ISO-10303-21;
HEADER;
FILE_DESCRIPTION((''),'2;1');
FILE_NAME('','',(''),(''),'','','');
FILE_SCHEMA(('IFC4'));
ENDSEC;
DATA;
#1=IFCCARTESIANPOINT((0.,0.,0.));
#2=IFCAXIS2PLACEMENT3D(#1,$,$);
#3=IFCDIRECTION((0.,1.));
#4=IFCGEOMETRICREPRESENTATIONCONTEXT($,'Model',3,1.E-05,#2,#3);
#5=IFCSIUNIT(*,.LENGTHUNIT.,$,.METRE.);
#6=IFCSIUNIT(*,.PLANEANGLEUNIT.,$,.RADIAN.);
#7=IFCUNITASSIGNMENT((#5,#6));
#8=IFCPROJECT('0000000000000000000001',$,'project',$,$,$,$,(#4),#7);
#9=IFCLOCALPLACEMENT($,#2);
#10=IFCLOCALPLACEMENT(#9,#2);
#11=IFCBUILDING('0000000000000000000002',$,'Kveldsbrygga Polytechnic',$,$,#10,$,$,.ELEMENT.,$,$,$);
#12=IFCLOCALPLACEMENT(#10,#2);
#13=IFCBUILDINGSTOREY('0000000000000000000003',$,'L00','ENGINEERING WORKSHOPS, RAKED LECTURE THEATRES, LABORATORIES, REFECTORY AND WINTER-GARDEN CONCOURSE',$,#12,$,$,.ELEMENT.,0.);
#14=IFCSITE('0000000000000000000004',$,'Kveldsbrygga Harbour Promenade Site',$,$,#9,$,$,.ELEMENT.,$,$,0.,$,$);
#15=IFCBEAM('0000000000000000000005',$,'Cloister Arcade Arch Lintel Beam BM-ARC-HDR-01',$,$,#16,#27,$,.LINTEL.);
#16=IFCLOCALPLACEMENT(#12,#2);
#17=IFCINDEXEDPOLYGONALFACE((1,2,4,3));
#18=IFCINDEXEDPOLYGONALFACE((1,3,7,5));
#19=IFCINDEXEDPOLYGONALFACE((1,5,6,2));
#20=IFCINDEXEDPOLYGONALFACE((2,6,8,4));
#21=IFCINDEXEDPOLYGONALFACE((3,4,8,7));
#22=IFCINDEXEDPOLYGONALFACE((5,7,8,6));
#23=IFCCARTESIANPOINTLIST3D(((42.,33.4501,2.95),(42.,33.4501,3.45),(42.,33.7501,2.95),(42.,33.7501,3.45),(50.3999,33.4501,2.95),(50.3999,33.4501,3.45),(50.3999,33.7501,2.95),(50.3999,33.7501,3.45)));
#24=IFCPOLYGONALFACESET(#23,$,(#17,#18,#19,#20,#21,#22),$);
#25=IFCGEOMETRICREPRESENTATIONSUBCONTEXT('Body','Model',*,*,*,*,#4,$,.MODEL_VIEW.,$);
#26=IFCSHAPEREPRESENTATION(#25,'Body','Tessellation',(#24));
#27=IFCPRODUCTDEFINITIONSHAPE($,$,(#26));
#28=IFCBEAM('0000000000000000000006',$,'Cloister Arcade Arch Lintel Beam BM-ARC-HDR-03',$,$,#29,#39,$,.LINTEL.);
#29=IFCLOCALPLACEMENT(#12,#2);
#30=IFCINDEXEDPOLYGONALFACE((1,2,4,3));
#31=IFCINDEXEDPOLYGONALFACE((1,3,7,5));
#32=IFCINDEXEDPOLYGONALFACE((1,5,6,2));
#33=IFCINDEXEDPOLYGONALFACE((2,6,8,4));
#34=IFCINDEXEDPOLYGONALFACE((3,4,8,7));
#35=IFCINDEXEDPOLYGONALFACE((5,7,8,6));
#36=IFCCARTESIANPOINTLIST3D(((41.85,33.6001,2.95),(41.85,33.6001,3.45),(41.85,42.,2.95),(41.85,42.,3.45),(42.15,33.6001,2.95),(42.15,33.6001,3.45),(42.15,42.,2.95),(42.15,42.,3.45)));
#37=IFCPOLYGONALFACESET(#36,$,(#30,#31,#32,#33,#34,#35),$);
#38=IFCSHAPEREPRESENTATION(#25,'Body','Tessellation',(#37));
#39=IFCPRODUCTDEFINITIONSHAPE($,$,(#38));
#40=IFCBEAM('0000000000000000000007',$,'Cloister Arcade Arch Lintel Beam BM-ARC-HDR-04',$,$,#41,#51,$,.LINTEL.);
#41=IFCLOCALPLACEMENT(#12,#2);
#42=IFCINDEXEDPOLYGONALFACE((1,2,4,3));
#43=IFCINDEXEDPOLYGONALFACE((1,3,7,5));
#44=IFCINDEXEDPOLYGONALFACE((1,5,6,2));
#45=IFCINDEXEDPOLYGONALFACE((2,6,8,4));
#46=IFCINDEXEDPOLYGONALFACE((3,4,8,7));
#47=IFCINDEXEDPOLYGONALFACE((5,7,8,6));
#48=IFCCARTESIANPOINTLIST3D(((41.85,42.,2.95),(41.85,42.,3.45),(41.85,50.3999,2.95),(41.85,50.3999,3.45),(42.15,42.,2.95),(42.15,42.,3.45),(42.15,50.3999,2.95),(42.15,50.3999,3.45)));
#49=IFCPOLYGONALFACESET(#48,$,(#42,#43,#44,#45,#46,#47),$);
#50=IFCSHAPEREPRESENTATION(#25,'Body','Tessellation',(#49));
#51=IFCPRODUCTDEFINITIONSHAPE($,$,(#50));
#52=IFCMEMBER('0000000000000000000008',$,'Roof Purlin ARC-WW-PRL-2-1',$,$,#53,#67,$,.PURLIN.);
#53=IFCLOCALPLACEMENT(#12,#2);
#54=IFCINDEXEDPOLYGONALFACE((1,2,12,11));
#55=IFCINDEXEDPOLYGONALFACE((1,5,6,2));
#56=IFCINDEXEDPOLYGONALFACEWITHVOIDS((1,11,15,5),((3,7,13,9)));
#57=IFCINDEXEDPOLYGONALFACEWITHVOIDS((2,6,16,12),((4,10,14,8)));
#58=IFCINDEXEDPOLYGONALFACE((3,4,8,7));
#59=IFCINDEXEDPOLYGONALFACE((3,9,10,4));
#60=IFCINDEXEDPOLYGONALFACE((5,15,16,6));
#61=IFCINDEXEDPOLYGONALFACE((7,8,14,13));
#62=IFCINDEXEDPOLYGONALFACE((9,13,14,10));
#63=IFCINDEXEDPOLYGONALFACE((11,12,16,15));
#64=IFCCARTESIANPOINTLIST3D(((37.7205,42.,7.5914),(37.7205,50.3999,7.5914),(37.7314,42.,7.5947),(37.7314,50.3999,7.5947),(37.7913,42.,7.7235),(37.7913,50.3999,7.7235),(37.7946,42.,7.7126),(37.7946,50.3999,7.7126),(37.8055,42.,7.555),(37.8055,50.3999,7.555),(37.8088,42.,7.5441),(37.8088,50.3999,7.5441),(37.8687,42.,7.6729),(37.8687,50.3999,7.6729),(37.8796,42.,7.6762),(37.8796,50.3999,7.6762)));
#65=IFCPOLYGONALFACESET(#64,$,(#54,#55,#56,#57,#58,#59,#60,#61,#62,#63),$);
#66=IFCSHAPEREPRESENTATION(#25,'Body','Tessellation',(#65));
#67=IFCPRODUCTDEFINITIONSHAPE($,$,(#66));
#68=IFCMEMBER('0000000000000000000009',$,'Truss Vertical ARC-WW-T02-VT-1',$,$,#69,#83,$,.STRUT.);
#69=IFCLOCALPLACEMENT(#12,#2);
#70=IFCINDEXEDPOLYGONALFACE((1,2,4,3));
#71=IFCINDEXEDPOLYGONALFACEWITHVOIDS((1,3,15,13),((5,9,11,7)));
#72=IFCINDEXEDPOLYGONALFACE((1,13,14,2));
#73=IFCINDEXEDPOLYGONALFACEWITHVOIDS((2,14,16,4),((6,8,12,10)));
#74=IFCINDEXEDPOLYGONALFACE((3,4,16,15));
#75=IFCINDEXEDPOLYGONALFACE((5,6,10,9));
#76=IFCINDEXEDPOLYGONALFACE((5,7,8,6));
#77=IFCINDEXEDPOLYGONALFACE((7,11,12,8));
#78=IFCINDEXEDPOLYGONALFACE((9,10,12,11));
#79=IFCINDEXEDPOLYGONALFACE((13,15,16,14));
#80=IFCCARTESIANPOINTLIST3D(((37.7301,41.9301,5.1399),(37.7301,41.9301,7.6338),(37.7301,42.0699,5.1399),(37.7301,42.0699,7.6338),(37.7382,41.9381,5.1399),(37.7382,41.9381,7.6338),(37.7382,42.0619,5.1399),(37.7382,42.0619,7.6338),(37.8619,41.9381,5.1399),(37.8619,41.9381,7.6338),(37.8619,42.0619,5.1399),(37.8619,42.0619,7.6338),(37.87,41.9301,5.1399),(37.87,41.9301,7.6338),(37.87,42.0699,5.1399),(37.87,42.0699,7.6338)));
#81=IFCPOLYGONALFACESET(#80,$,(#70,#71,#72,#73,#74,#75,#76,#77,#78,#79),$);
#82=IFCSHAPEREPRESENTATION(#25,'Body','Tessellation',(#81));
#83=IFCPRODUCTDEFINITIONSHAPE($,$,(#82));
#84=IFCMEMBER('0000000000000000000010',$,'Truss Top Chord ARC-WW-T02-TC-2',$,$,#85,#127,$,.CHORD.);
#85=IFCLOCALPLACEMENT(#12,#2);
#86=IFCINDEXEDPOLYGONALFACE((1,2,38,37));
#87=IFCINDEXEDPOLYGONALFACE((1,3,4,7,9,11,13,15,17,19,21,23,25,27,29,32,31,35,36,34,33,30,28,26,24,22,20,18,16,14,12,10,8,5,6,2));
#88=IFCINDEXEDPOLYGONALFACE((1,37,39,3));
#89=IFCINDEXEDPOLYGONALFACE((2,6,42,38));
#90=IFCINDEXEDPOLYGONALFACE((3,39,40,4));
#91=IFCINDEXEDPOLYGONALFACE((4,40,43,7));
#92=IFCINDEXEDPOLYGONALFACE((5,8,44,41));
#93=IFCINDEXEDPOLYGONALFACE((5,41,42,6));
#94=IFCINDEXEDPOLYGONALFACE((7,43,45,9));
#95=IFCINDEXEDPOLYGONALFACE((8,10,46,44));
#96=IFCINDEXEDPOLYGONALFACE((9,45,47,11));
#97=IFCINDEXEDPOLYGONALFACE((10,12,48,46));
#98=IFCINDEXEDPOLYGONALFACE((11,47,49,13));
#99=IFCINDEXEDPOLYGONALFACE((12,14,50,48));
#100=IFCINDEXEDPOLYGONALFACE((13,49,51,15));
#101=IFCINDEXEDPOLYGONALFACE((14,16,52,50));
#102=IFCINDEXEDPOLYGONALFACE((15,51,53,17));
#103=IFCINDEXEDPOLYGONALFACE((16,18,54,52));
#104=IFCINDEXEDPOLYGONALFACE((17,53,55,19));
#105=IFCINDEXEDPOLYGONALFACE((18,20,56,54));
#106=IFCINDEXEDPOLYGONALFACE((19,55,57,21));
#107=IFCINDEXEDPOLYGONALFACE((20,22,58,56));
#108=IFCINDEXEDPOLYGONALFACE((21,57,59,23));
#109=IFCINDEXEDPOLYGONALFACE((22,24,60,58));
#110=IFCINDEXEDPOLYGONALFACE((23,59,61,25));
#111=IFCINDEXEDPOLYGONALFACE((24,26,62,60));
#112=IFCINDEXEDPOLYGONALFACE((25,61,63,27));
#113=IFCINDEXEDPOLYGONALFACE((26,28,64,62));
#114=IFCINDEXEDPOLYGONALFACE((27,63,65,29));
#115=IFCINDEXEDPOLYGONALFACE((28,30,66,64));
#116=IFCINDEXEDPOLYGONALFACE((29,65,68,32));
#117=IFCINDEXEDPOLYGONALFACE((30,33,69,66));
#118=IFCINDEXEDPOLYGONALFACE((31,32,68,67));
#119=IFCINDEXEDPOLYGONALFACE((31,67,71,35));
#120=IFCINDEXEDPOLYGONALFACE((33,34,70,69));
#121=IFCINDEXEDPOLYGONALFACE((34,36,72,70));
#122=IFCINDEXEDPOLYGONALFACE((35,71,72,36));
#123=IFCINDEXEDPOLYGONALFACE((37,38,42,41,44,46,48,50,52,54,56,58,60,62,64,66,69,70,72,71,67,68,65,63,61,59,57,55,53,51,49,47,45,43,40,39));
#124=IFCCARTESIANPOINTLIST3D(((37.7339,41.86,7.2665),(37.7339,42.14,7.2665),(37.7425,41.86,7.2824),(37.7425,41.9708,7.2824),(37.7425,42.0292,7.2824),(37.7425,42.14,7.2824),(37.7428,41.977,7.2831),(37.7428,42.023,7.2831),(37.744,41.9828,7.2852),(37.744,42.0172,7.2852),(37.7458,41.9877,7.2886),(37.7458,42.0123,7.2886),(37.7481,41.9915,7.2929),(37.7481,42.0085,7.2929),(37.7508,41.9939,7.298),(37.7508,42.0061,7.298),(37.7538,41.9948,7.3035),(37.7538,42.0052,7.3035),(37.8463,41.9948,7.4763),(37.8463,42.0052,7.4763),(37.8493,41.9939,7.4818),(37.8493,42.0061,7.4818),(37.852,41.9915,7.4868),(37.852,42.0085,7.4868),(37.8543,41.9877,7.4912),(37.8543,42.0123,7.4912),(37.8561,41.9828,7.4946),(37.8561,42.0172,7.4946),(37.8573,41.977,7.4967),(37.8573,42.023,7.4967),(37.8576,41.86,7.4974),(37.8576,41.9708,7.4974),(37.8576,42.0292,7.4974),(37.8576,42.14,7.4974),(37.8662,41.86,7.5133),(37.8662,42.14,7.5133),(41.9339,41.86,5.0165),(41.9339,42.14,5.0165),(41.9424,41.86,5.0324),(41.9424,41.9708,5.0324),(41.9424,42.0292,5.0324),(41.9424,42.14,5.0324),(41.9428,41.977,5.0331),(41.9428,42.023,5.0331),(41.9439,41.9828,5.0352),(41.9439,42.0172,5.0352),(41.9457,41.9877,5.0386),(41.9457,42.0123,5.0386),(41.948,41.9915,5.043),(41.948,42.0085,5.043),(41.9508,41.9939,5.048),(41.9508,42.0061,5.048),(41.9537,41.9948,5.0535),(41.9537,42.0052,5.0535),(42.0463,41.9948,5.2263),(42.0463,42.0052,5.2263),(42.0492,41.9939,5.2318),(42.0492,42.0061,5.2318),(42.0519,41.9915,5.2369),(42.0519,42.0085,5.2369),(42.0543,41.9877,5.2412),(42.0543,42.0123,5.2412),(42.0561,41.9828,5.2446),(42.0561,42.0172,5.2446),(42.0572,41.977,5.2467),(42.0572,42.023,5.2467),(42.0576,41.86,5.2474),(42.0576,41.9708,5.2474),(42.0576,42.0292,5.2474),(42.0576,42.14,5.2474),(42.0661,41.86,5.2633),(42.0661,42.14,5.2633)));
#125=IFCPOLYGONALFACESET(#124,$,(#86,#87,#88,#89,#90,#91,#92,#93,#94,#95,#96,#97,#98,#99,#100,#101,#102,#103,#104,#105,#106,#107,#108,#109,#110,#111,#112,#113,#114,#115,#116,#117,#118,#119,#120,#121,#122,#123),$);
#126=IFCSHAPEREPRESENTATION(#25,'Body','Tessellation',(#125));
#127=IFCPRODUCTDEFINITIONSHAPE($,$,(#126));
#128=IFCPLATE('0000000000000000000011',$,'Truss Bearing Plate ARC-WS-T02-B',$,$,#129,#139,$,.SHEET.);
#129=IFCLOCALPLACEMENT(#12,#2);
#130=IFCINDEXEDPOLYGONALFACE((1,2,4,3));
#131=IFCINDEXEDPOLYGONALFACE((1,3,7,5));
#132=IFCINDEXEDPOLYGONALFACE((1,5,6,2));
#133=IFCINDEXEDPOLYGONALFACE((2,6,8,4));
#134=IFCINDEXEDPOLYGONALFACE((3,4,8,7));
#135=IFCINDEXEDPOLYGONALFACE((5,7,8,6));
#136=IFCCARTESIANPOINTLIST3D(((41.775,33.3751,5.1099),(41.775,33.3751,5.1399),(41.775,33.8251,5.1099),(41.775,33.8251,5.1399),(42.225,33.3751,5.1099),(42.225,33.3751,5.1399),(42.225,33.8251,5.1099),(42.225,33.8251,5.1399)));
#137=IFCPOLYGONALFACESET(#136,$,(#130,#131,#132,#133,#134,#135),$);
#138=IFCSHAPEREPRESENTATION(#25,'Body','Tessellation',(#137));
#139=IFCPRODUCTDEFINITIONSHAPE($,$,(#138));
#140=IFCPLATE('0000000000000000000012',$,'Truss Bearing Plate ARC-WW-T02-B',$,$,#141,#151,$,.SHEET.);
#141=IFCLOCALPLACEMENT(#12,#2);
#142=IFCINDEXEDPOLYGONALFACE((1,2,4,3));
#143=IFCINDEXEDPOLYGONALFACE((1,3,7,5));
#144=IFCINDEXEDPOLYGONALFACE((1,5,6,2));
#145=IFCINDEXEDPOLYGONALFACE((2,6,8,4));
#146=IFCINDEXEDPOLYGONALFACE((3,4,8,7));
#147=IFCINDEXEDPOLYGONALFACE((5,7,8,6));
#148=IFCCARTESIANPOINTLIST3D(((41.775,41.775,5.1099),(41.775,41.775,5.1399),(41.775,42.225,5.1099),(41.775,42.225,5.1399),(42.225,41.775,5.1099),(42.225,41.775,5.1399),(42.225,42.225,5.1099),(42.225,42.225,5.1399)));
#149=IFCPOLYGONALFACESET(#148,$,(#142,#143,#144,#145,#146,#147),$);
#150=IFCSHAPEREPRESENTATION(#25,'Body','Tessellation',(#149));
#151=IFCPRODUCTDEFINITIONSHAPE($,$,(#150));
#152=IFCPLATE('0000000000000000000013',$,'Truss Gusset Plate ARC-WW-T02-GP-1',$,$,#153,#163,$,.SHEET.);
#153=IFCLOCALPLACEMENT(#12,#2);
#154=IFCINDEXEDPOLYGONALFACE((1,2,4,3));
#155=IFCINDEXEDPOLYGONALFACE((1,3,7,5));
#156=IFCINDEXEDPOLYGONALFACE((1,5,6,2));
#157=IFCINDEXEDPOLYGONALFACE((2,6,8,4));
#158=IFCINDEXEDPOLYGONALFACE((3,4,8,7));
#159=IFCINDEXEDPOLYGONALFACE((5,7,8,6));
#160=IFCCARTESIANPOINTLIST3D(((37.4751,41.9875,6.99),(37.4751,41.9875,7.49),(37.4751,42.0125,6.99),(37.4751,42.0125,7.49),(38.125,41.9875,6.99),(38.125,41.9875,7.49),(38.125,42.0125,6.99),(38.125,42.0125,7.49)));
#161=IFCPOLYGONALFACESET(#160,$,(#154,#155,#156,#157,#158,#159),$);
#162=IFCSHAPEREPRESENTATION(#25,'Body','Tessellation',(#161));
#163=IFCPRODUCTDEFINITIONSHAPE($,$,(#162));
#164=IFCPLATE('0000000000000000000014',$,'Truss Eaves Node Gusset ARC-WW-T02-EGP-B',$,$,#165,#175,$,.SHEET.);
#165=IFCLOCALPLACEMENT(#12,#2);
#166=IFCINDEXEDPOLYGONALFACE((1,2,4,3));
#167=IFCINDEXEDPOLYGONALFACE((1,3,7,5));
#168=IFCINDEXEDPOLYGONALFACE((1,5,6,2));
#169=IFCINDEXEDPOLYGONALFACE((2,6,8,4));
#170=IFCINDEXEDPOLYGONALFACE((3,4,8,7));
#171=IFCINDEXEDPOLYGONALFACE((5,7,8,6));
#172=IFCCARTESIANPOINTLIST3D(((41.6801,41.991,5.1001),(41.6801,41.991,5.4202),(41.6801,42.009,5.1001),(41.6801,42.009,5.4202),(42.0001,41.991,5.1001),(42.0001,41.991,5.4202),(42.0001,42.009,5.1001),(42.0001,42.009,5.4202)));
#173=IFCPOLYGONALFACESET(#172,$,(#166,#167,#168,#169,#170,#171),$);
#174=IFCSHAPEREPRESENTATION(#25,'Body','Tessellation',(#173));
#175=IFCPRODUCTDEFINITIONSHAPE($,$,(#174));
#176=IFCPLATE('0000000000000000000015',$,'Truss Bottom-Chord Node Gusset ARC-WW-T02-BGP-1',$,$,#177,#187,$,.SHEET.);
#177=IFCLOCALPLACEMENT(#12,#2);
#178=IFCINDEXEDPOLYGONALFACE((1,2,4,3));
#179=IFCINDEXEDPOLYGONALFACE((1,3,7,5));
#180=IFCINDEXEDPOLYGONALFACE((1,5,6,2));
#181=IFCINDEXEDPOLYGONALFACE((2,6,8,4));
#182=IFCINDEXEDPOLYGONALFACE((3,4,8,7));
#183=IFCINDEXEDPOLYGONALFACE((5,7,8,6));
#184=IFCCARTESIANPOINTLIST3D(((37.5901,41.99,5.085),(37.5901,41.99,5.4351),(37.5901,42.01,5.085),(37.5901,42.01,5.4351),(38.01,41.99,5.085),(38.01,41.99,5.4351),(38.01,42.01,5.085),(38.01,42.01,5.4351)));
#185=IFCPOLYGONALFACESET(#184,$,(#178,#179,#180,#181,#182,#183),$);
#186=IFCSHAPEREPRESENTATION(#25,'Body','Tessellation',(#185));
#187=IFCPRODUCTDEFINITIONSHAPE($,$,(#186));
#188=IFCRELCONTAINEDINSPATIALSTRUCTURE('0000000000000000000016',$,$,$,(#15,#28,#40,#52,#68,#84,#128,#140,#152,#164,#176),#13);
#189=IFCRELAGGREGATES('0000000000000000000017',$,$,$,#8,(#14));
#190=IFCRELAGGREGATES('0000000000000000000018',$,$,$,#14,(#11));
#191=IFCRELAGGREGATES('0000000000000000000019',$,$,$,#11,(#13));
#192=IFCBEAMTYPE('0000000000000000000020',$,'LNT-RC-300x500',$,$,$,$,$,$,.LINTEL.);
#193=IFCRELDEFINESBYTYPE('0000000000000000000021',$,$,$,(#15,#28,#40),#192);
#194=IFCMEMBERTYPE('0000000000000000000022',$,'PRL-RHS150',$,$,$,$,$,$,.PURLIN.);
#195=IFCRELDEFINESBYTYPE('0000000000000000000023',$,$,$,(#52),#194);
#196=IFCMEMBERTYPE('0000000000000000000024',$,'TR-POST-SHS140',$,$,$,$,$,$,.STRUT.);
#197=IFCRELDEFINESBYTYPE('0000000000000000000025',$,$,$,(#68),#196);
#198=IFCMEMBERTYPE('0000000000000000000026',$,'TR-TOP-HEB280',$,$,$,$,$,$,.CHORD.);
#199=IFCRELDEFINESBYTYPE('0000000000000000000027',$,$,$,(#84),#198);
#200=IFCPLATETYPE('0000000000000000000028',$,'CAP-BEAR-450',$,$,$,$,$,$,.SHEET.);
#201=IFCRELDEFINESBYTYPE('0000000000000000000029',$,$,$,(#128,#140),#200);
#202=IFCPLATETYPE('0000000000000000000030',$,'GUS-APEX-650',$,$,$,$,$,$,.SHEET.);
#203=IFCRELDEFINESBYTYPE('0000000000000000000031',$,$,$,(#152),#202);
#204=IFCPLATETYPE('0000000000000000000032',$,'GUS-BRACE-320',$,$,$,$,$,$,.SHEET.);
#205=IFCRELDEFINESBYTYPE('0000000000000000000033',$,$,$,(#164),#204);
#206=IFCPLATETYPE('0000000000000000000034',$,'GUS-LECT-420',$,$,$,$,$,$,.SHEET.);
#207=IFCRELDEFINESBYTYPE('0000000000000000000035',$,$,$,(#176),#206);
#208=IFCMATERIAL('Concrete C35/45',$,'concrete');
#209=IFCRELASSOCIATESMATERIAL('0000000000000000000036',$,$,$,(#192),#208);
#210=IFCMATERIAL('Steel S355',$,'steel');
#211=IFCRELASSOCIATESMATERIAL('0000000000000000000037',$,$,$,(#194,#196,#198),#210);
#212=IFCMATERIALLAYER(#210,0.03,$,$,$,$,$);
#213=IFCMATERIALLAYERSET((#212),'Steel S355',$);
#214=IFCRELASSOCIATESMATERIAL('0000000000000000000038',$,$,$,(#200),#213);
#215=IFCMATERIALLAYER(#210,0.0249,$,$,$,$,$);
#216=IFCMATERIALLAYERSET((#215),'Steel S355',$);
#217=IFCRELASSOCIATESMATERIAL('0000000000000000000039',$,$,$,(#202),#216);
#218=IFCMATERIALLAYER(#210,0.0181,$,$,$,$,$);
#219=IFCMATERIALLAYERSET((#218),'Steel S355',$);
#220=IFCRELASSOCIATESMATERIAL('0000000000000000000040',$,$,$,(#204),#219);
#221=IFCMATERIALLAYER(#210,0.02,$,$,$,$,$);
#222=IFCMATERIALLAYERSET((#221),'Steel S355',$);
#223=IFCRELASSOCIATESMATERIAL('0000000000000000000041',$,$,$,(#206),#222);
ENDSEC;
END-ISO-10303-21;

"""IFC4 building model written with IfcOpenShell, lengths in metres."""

from ifc_helpers import new_model, si_unit, direction, frame, origin, origin_2d, place, context, subcontext, project, spatial, rectangle, hollow_rectangle, i_section, extrude, material, layer, layer_set, material_profile, profile_set, type_object, element, save


model = new_model("IFC4")

# Units and contexts
model_context = context("Model", 3, precision=1e-05, world=origin(), true_north=direction((0.0, 1.0)))
body_context = subcontext(model_context, "Body", "Model", "MODEL_VIEW")
ifc_project = project(units=[si_unit("LENGTHUNIT", "METRE"), si_unit("PLANEANGLEUNIT", "RADIAN")], contexts=[model_context])

# Site, building, storey
site_placement = place(None, origin())
site = spatial("IfcSite", under=ifc_project, at=site_placement, Name="Kveldsbrygga Harbour Promenade Site", CompositionType="ELEMENT", RefElevation=0.0)
building_placement = place(site_placement, origin())
building = spatial("IfcBuilding", under=site, at=building_placement, Name="Kveldsbrygga Polytechnic", CompositionType="ELEMENT")
storey_placement = place(building_placement, origin())
storey = spatial("IfcBuildingStorey", under=building, at=storey_placement, Name="L00", Description="ENGINEERING WORKSHOPS, RAKED LECTURE THEATRES, LABORATORIES, REFECTORY AND WINTER-GARDEN CONCOURSE", CompositionType="ELEMENT", Elevation=0.0)

# Shared definitions
ifc_material_1 = material(Name="Concrete C35/45", Category="concrete")

# Shared definitions
ifc_material_2 = material(Name="Steel S355", Category="steel")

# Beams
ifc_material_profile_1 = material_profile(ifc_material_1, rectangle(XDim=0.3, YDim=0.5, at=origin_2d()), Name="RC 300x500")
ifc_profile_set_1 = profile_set([ifc_material_profile_1], Name="Concrete C35/45")
beam_type_1 = type_object("IfcBeamType", Name="LNT-RC-300x500", PredefinedType="LINTEL", material=ifc_profile_set_1)
for number, where, z_axis, x_axis, name in (
    (1, (42.0, 33.6001, 3.2), (1.0, 0.0, 0.0), (0.0, 1.0, 0.0), "Cloister Arcade Arch Lintel Beam BM-ARC-HDR-01"),
    (2, (42.0, 33.6001, 3.2), (0.0, 1.0, 0.0), (-1.0, 0.0, 0.0), "Cloister Arcade Arch Lintel Beam BM-ARC-HDR-03"),
    (3, (42.0, 42.0, 3.2), (0.0, 1.0, 0.0), (-1.0, 0.0, 0.0), "Cloister Arcade Arch Lintel Beam BM-ARC-HDR-04"),
):
    element("IfcBeam", number, at=place(storey_placement, frame(where, z_axis=z_axis, x_axis=x_axis)), inside=storey, type_object=beam_type_1, Name=name, PredefinedType="LINTEL", context=body_context, shape_type="SweptSolid", body=[
        extrude(rectangle(XDim=0.3, YDim=0.5, at=origin_2d()), origin(), (0.0, 0.0, 1.0), 8.3999),
    ])

# Members
ifc_material_profile_2 = material_profile(ifc_material_2, hollow_rectangle(XDim=0.1001, YDim=0.1499, WallThickness=0.0081, at=origin_2d()), Name="RHS 150x100x8.0")
ifc_profile_set_2 = profile_set([ifc_material_profile_2], Name="Steel S355")
member_type_1 = type_object("IfcMemberType", Name="PRL-RHS150", PredefinedType="PURLIN", material=ifc_profile_set_2)
member_1_placement = place(storey_placement, frame((37.8, 42.0, 7.6338), z_axis=(0.0, 1.0, 0.0), x_axis=(-0.88148, 0.0, 0.472222)))
element("IfcMember", 4, at=member_1_placement, inside=storey, type_object=member_type_1, Name="Roof Purlin ARC-WW-PRL-2-1", PredefinedType="PURLIN", context=body_context, shape_type="SweptSolid", body=[
    extrude(hollow_rectangle(XDim=0.1001, YDim=0.1499, WallThickness=0.0081, at=origin_2d()), origin(), (0.0, 0.0, 1.0), 8.3999),
])
ifc_material_profile_3 = material_profile(ifc_material_2, hollow_rectangle(XDim=0.1399, YDim=0.1399, WallThickness=0.0081, at=origin_2d()), Name="SHS 140x140x8.0")
ifc_profile_set_3 = profile_set([ifc_material_profile_3], Name="Steel S355")
member_type_2 = type_object("IfcMemberType", Name="TR-POST-SHS140", PredefinedType="STRUT", material=ifc_profile_set_3)
member_2_placement = place(storey_placement, frame((37.8, 42.0, 5.1399), z_axis=(0.0, 0.0, 1.0), x_axis=(1.0, 0.0, 0.0)))
element("IfcMember", 5, at=member_2_placement, inside=storey, type_object=member_type_2, Name="Truss Vertical ARC-WW-T02-VT-1", PredefinedType="STRUT", context=body_context, shape_type="SweptSolid", body=[
    extrude(hollow_rectangle(XDim=0.1399, YDim=0.1399, WallThickness=0.0081, at=origin_2d()), origin(), (0.0, 0.0, 1.0), 2.4939),
])
ifc_material_profile_4 = material_profile(ifc_material_2, i_section(OverallWidth=0.28, OverallDepth=0.28, WebThickness=0.0105, FlangeThickness=0.0181, FilletRadius=0.0239, at=origin_2d()), Name="HEB 280")
ifc_profile_set_4 = profile_set([ifc_material_profile_4], Name="Steel S355")
member_type_3 = type_object("IfcMemberType", Name="TR-TOP-HEB280", PredefinedType="CHORD", material=ifc_profile_set_4)
member_3_placement = place(storey_placement, frame((37.8, 42.0, 7.3899), z_axis=(0.881478, 0.0, -0.472226), x_axis=(0.0, 1.0, 0.0)))
element("IfcMember", 6, at=member_3_placement, inside=storey, type_object=member_type_3, Name="Truss Top Chord ARC-WW-T02-TC-2", PredefinedType="CHORD", context=body_context, shape_type="SweptSolid", body=[
    extrude(i_section(OverallWidth=0.28, OverallDepth=0.28, WebThickness=0.0105, FlangeThickness=0.0181, FilletRadius=0.0239, at=origin_2d()), origin(), (0.0, 0.0, 1.0), 4.7646),
])

# Plates
ifc_layer_1 = layer(ifc_material_2, 0.03)
ifc_layer_set_1 = layer_set([ifc_layer_1], Name="Steel S355")
plate_type_1 = type_object("IfcPlateType", Name="CAP-BEAR-450", PredefinedType="SHEET", material=ifc_layer_set_1)
for number, where, z_axis, x_axis, name in (
    (7, (42.0, 33.6001, 5.1099), (0.0, 0.0, 1.0), (1.0, 0.0, 0.0), "Truss Bearing Plate ARC-WS-T02-B"),
    (8, (42.0, 42.0, 5.1099), (0.0, 0.0, 1.0), (1.0, 0.0, 0.0), "Truss Bearing Plate ARC-WW-T02-B"),
):
    element("IfcPlate", number, at=place(storey_placement, frame(where, z_axis=z_axis, x_axis=x_axis)), inside=storey, type_object=plate_type_1, Name=name, PredefinedType="SHEET", context=body_context, shape_type="SweptSolid", body=[
        extrude(rectangle(XDim=0.45, YDim=0.45, at=origin_2d()), origin(), (0.0, 0.0, 1.0), 0.03),
    ])
ifc_layer_2 = layer(ifc_material_2, 0.0249)
ifc_layer_set_2 = layer_set([ifc_layer_2], Name="Steel S355")
plate_type_2 = type_object("IfcPlateType", Name="GUS-APEX-650", PredefinedType="SHEET", material=ifc_layer_set_2)
plate_1_placement = place(storey_placement, frame((37.8, 42.0, 6.99), z_axis=(0.0, 0.0, 1.0), x_axis=(1.0, 0.0, 0.0)))
element("IfcPlate", 9, at=plate_1_placement, inside=storey, type_object=plate_type_2, Name="Truss Gusset Plate ARC-WW-T02-GP-1", PredefinedType="SHEET", context=body_context, shape_type="SweptSolid", body=[
    extrude(rectangle(XDim=0.6499, YDim=0.0249, at=origin_2d()), origin(), (0.0, 0.0, 1.0), 0.5),
])
ifc_layer_3 = layer(ifc_material_2, 0.0181)
ifc_layer_set_3 = layer_set([ifc_layer_3], Name="Steel S355")
plate_type_3 = type_object("IfcPlateType", Name="GUS-BRACE-320", PredefinedType="SHEET", material=ifc_layer_set_3)
plate_2_placement = place(storey_placement, frame((41.8401, 42.0, 5.1001), z_axis=(0.0, 0.0, 1.0), x_axis=(1.0, 0.0, 0.0)))
element("IfcPlate", 10, at=plate_2_placement, inside=storey, type_object=plate_type_3, Name="Truss Eaves Node Gusset ARC-WW-T02-EGP-B", PredefinedType="SHEET", context=body_context, shape_type="SweptSolid", body=[
    extrude(rectangle(XDim=0.3201, YDim=0.0181, at=origin_2d()), origin(), (0.0, 0.0, 1.0), 0.3201),
])
ifc_layer_4 = layer(ifc_material_2, 0.02)
ifc_layer_set_4 = layer_set([ifc_layer_4], Name="Steel S355")
plate_type_4 = type_object("IfcPlateType", Name="GUS-LECT-420", PredefinedType="SHEET", material=ifc_layer_set_4)
plate_3_placement = place(storey_placement, frame((37.8, 42.0, 5.085), z_axis=(0.0, 0.0, 1.0), x_axis=(1.0, 0.0, 0.0)))
element("IfcPlate", 11, at=plate_3_placement, inside=storey, type_object=plate_type_4, Name="Truss Bottom-Chord Node Gusset ARC-WW-T02-BGP-1", PredefinedType="SHEET", context=body_context, shape_type="SweptSolid", body=[
    extrude(rectangle(XDim=0.4199, YDim=0.02, at=origin_2d()), origin(), (0.0, 0.0, 1.0), 0.3501),
])

save(model, "model.ifc")
